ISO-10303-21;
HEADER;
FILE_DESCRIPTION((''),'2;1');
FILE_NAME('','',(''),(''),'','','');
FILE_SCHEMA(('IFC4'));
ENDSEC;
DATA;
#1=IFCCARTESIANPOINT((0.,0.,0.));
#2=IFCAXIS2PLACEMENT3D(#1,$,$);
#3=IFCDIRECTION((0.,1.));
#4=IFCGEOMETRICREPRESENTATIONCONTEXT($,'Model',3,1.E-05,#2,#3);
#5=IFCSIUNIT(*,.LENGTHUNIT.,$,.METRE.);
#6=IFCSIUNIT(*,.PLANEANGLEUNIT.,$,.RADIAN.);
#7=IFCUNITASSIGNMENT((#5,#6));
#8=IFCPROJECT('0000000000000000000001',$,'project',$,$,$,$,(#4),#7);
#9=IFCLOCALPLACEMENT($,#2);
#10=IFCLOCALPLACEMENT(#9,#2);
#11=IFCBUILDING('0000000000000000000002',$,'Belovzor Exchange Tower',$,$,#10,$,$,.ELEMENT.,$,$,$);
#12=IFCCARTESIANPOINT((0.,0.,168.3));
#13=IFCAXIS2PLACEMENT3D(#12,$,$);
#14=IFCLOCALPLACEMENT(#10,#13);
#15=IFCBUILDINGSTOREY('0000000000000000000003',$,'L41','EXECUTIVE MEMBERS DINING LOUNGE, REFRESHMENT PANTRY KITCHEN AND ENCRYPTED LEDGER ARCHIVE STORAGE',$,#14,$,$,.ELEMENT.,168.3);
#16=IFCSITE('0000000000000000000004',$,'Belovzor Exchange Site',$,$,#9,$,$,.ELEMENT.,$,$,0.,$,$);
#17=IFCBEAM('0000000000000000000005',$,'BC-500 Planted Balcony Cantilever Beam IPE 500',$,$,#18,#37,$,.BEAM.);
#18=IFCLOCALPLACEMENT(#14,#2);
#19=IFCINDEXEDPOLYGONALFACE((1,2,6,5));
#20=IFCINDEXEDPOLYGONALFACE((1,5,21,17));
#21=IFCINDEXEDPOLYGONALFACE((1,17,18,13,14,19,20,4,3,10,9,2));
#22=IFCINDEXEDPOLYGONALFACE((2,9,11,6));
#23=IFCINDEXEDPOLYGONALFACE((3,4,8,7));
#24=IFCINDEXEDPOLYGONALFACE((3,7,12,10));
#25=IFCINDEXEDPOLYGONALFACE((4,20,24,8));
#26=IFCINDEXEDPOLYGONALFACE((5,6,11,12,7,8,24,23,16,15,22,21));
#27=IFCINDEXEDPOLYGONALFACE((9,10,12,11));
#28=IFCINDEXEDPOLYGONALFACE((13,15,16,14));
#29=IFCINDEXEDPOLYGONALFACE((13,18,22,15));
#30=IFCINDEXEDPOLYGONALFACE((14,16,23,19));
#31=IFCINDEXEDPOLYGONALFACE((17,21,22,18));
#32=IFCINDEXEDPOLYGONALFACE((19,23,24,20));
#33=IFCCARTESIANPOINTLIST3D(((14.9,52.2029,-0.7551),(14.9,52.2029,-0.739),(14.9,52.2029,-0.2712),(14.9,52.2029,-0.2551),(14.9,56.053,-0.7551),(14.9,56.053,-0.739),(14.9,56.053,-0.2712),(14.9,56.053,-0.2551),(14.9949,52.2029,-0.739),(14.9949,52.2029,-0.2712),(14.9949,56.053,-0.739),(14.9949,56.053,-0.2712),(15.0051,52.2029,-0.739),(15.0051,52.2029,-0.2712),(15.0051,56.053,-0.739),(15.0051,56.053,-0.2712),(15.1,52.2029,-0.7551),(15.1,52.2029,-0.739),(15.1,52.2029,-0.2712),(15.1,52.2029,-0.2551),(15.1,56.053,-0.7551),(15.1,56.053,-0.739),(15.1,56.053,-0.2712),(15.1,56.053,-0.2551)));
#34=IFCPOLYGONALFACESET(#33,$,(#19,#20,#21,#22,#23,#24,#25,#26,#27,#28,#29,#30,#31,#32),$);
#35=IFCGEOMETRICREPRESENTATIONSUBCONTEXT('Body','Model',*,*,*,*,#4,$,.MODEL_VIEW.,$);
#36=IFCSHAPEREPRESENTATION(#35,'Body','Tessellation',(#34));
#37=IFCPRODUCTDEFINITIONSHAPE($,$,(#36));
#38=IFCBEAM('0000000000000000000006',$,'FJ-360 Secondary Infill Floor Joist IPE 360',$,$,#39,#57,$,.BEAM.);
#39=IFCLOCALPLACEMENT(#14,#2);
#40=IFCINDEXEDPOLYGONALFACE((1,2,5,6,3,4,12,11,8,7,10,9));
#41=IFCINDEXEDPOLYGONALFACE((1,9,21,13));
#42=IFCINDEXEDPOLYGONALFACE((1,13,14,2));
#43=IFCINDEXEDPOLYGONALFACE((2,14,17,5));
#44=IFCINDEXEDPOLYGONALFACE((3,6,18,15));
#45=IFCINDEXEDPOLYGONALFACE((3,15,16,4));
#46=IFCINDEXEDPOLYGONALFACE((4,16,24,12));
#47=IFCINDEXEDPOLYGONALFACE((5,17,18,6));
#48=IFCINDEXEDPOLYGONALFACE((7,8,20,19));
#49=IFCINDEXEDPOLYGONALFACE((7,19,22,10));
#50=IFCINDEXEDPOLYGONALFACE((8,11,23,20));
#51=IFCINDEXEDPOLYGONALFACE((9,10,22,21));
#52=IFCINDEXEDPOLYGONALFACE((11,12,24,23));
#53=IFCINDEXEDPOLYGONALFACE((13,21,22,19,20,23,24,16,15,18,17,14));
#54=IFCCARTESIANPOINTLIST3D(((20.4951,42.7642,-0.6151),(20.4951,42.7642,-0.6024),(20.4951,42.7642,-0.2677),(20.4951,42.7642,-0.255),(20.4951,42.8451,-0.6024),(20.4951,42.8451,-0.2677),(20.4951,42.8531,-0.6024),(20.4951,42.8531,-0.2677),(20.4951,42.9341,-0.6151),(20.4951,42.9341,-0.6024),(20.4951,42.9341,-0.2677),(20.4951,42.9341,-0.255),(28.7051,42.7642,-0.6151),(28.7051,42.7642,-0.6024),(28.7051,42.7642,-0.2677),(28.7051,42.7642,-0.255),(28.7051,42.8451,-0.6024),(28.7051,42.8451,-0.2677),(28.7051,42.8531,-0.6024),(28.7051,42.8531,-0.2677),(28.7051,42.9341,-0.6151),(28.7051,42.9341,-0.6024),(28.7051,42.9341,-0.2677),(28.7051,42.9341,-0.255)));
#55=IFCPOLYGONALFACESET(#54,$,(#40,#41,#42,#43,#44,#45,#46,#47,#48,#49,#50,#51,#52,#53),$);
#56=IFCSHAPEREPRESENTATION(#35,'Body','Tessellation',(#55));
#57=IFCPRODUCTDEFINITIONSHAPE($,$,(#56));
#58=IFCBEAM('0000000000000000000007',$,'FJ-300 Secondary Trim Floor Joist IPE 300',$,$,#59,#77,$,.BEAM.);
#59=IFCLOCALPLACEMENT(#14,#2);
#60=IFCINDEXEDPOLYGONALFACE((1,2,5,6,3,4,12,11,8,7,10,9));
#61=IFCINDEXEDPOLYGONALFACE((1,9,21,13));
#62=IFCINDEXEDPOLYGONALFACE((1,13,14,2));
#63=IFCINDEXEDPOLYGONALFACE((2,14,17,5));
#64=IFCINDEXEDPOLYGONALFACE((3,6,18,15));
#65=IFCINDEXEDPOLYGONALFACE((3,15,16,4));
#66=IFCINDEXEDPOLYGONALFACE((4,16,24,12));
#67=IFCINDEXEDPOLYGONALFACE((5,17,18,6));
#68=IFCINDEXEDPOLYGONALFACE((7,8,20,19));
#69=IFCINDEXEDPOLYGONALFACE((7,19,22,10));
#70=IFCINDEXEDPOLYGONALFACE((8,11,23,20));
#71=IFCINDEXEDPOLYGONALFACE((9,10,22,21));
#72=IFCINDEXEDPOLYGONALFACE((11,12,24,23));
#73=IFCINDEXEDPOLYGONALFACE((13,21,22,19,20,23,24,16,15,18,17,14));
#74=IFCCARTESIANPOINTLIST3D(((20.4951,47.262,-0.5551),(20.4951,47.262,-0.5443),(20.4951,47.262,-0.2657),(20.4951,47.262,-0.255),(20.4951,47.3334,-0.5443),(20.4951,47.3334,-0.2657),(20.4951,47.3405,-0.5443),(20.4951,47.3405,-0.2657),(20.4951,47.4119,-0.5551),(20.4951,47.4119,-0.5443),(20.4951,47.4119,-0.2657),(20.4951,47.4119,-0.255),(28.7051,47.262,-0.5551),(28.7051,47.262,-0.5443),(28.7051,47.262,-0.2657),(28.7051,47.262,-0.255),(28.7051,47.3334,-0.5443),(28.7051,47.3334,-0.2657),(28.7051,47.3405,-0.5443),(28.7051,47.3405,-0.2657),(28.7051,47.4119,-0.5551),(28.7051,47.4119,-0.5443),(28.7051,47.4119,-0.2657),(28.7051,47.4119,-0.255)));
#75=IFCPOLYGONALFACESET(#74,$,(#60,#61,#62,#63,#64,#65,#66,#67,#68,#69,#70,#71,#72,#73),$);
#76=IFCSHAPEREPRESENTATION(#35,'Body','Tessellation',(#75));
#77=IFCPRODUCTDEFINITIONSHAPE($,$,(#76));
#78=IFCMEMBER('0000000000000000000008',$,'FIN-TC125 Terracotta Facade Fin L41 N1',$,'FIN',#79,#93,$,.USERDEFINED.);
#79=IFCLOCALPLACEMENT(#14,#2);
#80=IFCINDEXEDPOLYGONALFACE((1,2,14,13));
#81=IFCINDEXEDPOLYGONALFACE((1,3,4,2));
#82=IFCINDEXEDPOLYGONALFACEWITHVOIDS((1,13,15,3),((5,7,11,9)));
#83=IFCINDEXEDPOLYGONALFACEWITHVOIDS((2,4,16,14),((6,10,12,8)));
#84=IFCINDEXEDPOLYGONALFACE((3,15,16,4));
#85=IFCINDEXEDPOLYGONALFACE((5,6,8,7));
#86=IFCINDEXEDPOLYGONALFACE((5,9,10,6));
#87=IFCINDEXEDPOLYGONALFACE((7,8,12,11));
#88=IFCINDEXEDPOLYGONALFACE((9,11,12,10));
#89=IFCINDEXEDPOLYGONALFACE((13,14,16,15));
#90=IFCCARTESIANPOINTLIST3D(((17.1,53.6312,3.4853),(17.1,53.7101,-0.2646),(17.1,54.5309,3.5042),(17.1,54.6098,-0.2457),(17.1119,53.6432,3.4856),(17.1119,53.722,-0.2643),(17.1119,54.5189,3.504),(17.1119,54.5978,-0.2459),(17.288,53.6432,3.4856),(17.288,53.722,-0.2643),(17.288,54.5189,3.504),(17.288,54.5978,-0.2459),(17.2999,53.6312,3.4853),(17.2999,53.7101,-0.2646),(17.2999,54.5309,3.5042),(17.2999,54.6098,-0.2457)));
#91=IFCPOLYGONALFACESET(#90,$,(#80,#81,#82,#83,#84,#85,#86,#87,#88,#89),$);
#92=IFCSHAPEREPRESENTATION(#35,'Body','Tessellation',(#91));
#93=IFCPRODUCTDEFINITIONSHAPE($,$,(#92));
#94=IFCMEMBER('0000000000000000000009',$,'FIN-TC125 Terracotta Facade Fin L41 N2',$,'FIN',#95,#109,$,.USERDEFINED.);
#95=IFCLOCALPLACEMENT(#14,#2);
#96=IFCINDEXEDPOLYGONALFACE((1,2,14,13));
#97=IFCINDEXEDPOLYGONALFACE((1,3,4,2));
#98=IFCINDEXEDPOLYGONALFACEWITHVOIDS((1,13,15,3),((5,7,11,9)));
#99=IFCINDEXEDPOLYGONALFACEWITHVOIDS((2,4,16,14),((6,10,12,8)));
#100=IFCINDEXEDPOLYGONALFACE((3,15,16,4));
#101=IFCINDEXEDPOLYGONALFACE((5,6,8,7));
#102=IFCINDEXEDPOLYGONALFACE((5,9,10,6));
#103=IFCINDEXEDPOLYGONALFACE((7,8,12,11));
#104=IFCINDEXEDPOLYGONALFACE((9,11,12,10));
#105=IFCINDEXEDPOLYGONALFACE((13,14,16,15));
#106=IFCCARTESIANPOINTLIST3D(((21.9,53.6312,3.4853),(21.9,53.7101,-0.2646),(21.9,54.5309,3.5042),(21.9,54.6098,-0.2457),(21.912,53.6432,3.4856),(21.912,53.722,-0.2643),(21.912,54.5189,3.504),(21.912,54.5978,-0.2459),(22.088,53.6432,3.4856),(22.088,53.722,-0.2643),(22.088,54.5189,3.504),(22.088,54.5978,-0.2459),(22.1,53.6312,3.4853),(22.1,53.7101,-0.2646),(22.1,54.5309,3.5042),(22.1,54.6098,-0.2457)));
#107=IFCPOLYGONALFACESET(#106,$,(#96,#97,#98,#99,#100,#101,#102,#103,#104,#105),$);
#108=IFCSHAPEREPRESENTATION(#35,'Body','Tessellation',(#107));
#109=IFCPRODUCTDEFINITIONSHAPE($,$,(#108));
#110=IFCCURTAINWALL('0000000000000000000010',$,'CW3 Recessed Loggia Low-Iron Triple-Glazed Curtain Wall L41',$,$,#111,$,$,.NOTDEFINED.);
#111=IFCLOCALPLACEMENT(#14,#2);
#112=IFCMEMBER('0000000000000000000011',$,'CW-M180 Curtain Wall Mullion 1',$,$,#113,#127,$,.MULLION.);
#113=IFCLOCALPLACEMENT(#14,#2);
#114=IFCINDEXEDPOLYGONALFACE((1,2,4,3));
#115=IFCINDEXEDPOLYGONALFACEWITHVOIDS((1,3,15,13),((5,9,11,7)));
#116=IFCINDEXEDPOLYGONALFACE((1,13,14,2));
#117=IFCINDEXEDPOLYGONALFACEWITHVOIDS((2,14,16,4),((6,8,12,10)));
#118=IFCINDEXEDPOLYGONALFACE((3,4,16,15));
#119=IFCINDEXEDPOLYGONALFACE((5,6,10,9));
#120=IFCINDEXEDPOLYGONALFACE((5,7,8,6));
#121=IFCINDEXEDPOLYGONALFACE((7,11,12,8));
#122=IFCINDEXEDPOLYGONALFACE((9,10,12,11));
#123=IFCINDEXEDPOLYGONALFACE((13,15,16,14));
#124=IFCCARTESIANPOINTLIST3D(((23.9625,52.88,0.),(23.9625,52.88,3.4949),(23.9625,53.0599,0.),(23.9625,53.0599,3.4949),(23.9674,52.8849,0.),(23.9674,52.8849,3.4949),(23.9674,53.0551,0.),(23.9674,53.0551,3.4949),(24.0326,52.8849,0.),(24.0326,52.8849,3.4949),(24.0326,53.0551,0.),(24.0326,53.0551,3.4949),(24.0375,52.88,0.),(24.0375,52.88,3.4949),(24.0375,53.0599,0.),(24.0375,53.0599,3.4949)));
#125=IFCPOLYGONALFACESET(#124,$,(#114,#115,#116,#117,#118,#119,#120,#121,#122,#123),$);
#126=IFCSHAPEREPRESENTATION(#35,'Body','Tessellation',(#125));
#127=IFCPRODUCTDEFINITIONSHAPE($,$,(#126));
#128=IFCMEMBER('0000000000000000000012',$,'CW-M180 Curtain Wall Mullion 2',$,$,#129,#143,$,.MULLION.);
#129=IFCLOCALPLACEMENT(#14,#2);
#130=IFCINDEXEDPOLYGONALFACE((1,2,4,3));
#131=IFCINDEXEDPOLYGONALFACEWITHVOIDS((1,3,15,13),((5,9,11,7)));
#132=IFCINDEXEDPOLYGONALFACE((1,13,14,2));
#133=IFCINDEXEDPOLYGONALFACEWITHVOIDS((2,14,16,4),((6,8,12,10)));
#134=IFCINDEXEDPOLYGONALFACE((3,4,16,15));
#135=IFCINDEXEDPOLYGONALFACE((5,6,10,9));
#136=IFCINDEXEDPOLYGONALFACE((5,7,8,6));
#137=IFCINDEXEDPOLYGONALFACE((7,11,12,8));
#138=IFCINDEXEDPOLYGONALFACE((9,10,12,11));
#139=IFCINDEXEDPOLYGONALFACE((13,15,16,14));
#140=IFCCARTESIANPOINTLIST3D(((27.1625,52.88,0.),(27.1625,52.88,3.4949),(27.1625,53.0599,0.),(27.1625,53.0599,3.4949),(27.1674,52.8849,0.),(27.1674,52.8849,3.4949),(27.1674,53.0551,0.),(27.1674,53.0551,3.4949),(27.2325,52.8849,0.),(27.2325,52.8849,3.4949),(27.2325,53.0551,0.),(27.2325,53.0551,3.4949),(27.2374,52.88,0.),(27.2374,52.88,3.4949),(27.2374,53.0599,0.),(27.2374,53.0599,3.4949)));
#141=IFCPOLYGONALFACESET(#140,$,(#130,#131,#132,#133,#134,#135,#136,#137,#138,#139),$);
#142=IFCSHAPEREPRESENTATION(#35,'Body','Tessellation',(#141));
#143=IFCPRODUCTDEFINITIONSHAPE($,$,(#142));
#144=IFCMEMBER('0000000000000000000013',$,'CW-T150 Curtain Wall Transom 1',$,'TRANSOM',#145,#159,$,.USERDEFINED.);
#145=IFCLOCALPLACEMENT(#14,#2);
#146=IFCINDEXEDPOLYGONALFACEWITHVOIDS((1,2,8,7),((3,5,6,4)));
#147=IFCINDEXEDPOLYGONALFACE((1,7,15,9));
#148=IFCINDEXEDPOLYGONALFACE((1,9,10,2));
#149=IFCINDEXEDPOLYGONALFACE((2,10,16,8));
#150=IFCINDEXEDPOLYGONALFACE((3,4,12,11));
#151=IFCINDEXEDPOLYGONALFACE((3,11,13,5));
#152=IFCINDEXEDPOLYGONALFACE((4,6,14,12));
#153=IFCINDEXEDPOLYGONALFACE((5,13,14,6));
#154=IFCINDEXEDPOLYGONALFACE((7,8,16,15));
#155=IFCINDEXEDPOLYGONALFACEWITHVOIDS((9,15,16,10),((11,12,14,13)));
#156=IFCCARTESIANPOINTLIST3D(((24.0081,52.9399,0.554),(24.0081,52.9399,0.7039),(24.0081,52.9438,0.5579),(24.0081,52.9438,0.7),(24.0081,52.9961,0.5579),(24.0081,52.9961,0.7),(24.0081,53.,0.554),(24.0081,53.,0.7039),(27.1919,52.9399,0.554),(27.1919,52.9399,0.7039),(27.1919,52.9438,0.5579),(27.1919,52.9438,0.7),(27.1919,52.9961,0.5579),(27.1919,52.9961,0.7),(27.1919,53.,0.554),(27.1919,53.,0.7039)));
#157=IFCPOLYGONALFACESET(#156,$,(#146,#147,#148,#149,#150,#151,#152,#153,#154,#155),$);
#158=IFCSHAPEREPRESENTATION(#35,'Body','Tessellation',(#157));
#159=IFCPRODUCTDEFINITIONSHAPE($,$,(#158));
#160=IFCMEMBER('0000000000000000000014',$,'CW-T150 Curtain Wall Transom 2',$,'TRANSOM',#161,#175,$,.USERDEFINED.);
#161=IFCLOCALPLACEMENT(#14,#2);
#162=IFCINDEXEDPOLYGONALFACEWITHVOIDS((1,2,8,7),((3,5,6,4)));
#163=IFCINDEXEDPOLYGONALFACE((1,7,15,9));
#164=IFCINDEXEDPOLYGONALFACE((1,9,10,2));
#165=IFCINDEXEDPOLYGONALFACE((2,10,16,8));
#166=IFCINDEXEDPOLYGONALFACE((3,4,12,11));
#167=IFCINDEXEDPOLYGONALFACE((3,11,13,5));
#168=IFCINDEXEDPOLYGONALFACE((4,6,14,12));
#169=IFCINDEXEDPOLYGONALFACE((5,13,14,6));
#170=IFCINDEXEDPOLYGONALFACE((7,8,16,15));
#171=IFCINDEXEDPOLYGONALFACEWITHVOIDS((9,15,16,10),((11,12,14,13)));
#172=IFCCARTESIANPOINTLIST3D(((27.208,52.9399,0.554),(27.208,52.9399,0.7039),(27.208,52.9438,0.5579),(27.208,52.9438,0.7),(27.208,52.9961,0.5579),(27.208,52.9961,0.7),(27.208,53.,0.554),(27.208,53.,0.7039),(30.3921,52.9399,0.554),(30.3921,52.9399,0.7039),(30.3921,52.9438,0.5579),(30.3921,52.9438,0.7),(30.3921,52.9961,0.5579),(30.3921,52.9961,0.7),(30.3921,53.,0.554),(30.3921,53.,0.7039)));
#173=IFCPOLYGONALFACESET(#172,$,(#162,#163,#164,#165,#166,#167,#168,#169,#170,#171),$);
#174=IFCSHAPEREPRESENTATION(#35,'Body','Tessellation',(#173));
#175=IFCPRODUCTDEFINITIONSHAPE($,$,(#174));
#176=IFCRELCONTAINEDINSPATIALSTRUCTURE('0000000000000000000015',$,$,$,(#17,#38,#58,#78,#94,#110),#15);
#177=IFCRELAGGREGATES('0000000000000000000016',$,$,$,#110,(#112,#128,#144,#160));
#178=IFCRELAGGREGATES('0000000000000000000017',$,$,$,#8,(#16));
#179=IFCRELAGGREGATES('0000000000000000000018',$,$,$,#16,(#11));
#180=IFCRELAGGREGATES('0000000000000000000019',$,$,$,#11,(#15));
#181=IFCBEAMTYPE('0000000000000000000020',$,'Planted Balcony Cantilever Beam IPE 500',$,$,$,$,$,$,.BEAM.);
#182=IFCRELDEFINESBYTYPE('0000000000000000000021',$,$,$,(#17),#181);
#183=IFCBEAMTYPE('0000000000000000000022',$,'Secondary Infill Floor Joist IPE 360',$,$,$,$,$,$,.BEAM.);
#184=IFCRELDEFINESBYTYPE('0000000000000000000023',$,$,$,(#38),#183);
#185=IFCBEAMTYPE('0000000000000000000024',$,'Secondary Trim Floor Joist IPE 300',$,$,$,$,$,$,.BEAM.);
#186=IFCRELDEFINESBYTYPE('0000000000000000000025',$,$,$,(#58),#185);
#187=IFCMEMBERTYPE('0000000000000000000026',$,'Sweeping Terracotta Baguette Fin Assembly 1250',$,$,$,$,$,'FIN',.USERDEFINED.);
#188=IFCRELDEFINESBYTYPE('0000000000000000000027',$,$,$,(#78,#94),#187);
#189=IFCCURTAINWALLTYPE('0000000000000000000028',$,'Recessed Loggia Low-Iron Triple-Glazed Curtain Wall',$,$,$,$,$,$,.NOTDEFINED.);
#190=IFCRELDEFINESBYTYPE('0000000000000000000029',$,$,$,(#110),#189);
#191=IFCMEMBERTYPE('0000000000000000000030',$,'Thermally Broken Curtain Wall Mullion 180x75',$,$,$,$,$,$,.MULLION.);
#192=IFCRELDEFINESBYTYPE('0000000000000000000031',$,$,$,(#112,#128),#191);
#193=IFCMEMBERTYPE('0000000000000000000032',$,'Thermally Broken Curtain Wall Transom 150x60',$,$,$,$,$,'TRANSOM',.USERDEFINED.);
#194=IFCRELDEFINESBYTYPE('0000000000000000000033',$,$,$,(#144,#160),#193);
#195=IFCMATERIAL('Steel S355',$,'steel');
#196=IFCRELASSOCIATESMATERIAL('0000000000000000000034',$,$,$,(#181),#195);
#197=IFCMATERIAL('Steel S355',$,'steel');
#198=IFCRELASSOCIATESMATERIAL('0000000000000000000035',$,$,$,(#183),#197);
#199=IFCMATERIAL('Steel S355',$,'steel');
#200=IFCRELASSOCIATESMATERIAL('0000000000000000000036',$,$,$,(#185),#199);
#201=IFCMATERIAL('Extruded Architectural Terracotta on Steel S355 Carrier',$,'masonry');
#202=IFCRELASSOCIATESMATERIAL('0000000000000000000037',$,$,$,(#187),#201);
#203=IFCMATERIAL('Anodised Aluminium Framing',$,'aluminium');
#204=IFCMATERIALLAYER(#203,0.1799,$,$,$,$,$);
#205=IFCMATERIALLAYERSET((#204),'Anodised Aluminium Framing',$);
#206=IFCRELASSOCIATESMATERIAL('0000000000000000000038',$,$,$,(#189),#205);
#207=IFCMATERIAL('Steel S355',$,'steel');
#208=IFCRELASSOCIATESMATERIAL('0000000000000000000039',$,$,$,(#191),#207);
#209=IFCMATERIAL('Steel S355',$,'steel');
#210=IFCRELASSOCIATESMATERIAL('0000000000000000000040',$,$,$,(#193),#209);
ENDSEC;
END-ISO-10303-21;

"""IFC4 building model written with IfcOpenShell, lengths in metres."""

from ifc_helpers import new_model, si_unit, direction, frame, origin, origin_2d, place, context, subcontext, project, spatial, hollow_rectangle, i_section, extrude, material, layer, layer_set, material_profile, profile_set, type_object, element, aggregate, save


model = new_model("IFC4")

# Units and contexts
model_context = context("Model", 3, precision=1e-05, world=origin(), true_north=direction((0.0, 1.0)))
body_context = subcontext(model_context, "Body", "Model", "MODEL_VIEW")
ifc_project = project(units=[si_unit("LENGTHUNIT", "METRE"), si_unit("PLANEANGLEUNIT", "RADIAN")], contexts=[model_context])

# Site, building, storey
site_placement = place(None, origin())
site = spatial("IfcSite", under=ifc_project, at=site_placement, Name="Belovzor Exchange Site", CompositionType="ELEMENT", RefElevation=0.0)
building_placement = place(site_placement, origin())
building = spatial("IfcBuilding", under=site, at=building_placement, Name="Belovzor Exchange Tower", CompositionType="ELEMENT")
storey_placement = place(building_placement, frame((0.0, 0.0, 168.3)))
storey = spatial("IfcBuildingStorey", under=building, at=storey_placement, Name="L41", Description="EXECUTIVE MEMBERS DINING LOUNGE, REFRESHMENT PANTRY KITCHEN AND ENCRYPTED LEDGER ARCHIVE STORAGE", CompositionType="ELEMENT", Elevation=168.3)

# Beams
ifc_material_1 = material(Name="Steel S355", Category="steel")
ifc_material_profile_1 = material_profile(ifc_material_1, i_section(OverallWidth=0.2, OverallDepth=0.5, WebThickness=0.0103, FlangeThickness=0.0161, at=origin_2d()))
ifc_profile_set_1 = profile_set([ifc_material_profile_1], Name="Steel S355")
beam_type_1 = type_object("IfcBeamType", Name="Planted Balcony Cantilever Beam IPE 500", PredefinedType="BEAM", material=ifc_profile_set_1)
beam_1_placement = place(storey_placement, frame((15.0, 52.2029, -0.5051), z_axis=(0.0, 1.0, 0.0), x_axis=(-1.0, 0.0, 0.0)))
element("IfcBeam", 1, at=beam_1_placement, inside=storey, type_object=beam_type_1, Name="BC-500 Planted Balcony Cantilever Beam IPE 500", PredefinedType="BEAM", context=body_context, shape_type="SweptSolid", body=[
    extrude(i_section(OverallWidth=0.2, OverallDepth=0.5, WebThickness=0.0103, FlangeThickness=0.0161, at=origin_2d()), origin(), (0.0, 0.0, 1.0), 3.8501),
])
ifc_material_2 = material(Name="Steel S355", Category="steel")
ifc_material_profile_2 = material_profile(ifc_material_2, i_section(OverallWidth=0.1699, OverallDepth=0.3601, WebThickness=0.0081, FlangeThickness=0.0127, at=origin_2d()))
ifc_profile_set_2 = profile_set([ifc_material_profile_2], Name="Steel S355")
beam_type_2 = type_object("IfcBeamType", Name="Secondary Infill Floor Joist IPE 360", PredefinedType="BEAM", material=ifc_profile_set_2)
beam_2_placement = place(storey_placement, frame((20.4951, 42.8491, -0.4351), z_axis=(1.0, 0.0, 0.0), x_axis=(0.0, 1.0, 0.0)))
element("IfcBeam", 2, at=beam_2_placement, inside=storey, type_object=beam_type_2, Name="FJ-360 Secondary Infill Floor Joist IPE 360", PredefinedType="BEAM", context=body_context, shape_type="SweptSolid", body=[
    extrude(i_section(OverallWidth=0.1699, OverallDepth=0.3601, WebThickness=0.0081, FlangeThickness=0.0127, at=origin_2d()), origin(), (0.0, 0.0, 1.0), 8.21),
])
ifc_material_3 = material(Name="Steel S355", Category="steel")
ifc_material_profile_3 = material_profile(ifc_material_3, i_section(OverallWidth=0.1499, OverallDepth=0.3, WebThickness=0.0071, FlangeThickness=0.0107, at=origin_2d()))
ifc_profile_set_3 = profile_set([ifc_material_profile_3], Name="Steel S355")
beam_type_3 = type_object("IfcBeamType", Name="Secondary Trim Floor Joist IPE 300", PredefinedType="BEAM", material=ifc_profile_set_3)
beam_3_placement = place(storey_placement, frame((20.4951, 47.3369, -0.405), z_axis=(1.0, 0.0, 0.0), x_axis=(0.0, 1.0, 0.0)))
element("IfcBeam", 3, at=beam_3_placement, inside=storey, type_object=beam_type_3, Name="FJ-300 Secondary Trim Floor Joist IPE 300", PredefinedType="BEAM", context=body_context, shape_type="SweptSolid", body=[
    extrude(i_section(OverallWidth=0.1499, OverallDepth=0.3, WebThickness=0.0071, FlangeThickness=0.0107, at=origin_2d()), origin(), (0.0, 0.0, 1.0), 8.21),
])

# Members
ifc_material_4 = material(Name="Extruded Architectural Terracotta on Steel S355 Carrier", Category="masonry")
ifc_material_profile_4 = material_profile(ifc_material_4, hollow_rectangle(XDim=0.2, YDim=0.8999, WallThickness=0.012, at=origin_2d()))
ifc_profile_set_4 = profile_set([ifc_material_profile_4], Name="Extruded Architectural Terracotta on Steel S355 Carrier")
member_type_1 = type_object("IfcMemberType", Name="Sweeping Terracotta Baguette Fin Assembly 1250", ElementType="FIN", PredefinedType="USERDEFINED", material=ifc_profile_set_4)
for number, where, z_axis, x_axis, name in (
    (4, (17.2, 54.1599, -0.2551), (0.0, -0.021024, 0.999779), (1.0, 0.0, 0.0), "FIN-TC125 Terracotta Facade Fin L41 N1"),
    (5, (22.0, 54.1599, -0.2551), (0.0, -0.021024, 0.999779), (1.0, 0.0, 0.0), "FIN-TC125 Terracotta Facade Fin L41 N2"),
):
    element("IfcMember", number, at=place(storey_placement, frame(where, z_axis=z_axis, x_axis=x_axis)), inside=storey, type_object=member_type_1, Name=name, ObjectType="FIN", PredefinedType="USERDEFINED", context=body_context, shape_type="SweptSolid", body=[
        extrude(hollow_rectangle(XDim=0.2, YDim=0.8999, WallThickness=0.012, at=origin_2d()), origin(), (0.0, 0.0, 1.0), 3.7507),
    ])

# Curtain wall, members
ifc_material_5 = material(Name="Anodised Aluminium Framing", Category="aluminium")
ifc_layer_1 = layer(ifc_material_5, 0.1799)
ifc_layer_set_1 = layer_set([ifc_layer_1], Name="Anodised Aluminium Framing")
curtain_wall_type = type_object("IfcCurtainWallType", Name="Recessed Loggia Low-Iron Triple-Glazed Curtain Wall", PredefinedType="NOTDEFINED", material=ifc_layer_set_1)
curtain_wall_placement = place(storey_placement, origin())
curtain_wall = element("IfcCurtainWall", 6, at=curtain_wall_placement, inside=storey, type_object=curtain_wall_type, Name="CW3 Recessed Loggia Low-Iron Triple-Glazed Curtain Wall L41", PredefinedType="NOTDEFINED")
ifc_material_6 = material(Name="Steel S355", Category="steel")
ifc_material_profile_5 = material_profile(ifc_material_6, hollow_rectangle(XDim=0.075, YDim=0.1799, WallThickness=0.0049, at=origin_2d()))
ifc_profile_set_5 = profile_set([ifc_material_profile_5], Name="Steel S355")
member_type_2 = type_object("IfcMemberType", Name="Thermally Broken Curtain Wall Mullion 180x75", PredefinedType="MULLION", material=ifc_profile_set_5)
member_1_placement = place(storey_placement, frame((24.0, 52.97, 0.0), z_axis=(0.0, 0.0, 1.0), x_axis=(1.0, 0.0, 0.0)))
member_1 = element("IfcMember", 7, at=member_1_placement, type_object=member_type_2, Name="CW-M180 Curtain Wall Mullion 1", PredefinedType="MULLION", context=body_context, shape_type="SweptSolid", body=[
    extrude(hollow_rectangle(XDim=0.075, YDim=0.1799, WallThickness=0.0049, at=origin_2d()), origin(), (0.0, 0.0, 1.0), 3.4949),
])
member_2_placement = place(storey_placement, frame((27.2, 52.97, 0.0), z_axis=(0.0, 0.0, 1.0), x_axis=(1.0, 0.0, 0.0)))
member_2 = element("IfcMember", 8, at=member_2_placement, type_object=member_type_2, Name="CW-M180 Curtain Wall Mullion 2", PredefinedType="MULLION", context=body_context, shape_type="SweptSolid", body=[
    extrude(hollow_rectangle(XDim=0.075, YDim=0.1799, WallThickness=0.0049, at=origin_2d()), origin(), (0.0, 0.0, 1.0), 3.4949),
])
ifc_material_7 = material(Name="Steel S355", Category="steel")
ifc_material_profile_6 = material_profile(ifc_material_7, hollow_rectangle(XDim=0.0601, YDim=0.1499, WallThickness=0.0039, at=origin_2d()))
ifc_profile_set_6 = profile_set([ifc_material_profile_6], Name="Steel S355")
member_type_3 = type_object("IfcMemberType", Name="Thermally Broken Curtain Wall Transom 150x60", ElementType="TRANSOM", PredefinedType="USERDEFINED", material=ifc_profile_set_6)
member_3_placement = place(storey_placement, frame((24.0081, 52.97, 0.6289), z_axis=(1.0, 0.0, 0.0), x_axis=(0.0, 1.0, 0.0)))
member_3 = element("IfcMember", 9, at=member_3_placement, type_object=member_type_3, Name="CW-T150 Curtain Wall Transom 1", ObjectType="TRANSOM", PredefinedType="USERDEFINED", context=body_context, shape_type="SweptSolid", body=[
    extrude(hollow_rectangle(XDim=0.0601, YDim=0.1499, WallThickness=0.0039, at=origin_2d()), origin(), (0.0, 0.0, 1.0), 3.1838),
])
member_4_placement = place(storey_placement, frame((27.208, 52.97, 0.6289), z_axis=(1.0, 0.0, 0.0), x_axis=(0.0, 1.0, 0.0)))
member_4 = element("IfcMember", 10, at=member_4_placement, type_object=member_type_3, Name="CW-T150 Curtain Wall Transom 2", ObjectType="TRANSOM", PredefinedType="USERDEFINED", context=body_context, shape_type="SweptSolid", body=[
    extrude(hollow_rectangle(XDim=0.0601, YDim=0.1499, WallThickness=0.0039, at=origin_2d()), origin(), (0.0, 0.0, 1.0), 3.1841),
])

aggregate(curtain_wall, [member_1, member_2, member_3, member_4])

save(model, "model.ifc")
